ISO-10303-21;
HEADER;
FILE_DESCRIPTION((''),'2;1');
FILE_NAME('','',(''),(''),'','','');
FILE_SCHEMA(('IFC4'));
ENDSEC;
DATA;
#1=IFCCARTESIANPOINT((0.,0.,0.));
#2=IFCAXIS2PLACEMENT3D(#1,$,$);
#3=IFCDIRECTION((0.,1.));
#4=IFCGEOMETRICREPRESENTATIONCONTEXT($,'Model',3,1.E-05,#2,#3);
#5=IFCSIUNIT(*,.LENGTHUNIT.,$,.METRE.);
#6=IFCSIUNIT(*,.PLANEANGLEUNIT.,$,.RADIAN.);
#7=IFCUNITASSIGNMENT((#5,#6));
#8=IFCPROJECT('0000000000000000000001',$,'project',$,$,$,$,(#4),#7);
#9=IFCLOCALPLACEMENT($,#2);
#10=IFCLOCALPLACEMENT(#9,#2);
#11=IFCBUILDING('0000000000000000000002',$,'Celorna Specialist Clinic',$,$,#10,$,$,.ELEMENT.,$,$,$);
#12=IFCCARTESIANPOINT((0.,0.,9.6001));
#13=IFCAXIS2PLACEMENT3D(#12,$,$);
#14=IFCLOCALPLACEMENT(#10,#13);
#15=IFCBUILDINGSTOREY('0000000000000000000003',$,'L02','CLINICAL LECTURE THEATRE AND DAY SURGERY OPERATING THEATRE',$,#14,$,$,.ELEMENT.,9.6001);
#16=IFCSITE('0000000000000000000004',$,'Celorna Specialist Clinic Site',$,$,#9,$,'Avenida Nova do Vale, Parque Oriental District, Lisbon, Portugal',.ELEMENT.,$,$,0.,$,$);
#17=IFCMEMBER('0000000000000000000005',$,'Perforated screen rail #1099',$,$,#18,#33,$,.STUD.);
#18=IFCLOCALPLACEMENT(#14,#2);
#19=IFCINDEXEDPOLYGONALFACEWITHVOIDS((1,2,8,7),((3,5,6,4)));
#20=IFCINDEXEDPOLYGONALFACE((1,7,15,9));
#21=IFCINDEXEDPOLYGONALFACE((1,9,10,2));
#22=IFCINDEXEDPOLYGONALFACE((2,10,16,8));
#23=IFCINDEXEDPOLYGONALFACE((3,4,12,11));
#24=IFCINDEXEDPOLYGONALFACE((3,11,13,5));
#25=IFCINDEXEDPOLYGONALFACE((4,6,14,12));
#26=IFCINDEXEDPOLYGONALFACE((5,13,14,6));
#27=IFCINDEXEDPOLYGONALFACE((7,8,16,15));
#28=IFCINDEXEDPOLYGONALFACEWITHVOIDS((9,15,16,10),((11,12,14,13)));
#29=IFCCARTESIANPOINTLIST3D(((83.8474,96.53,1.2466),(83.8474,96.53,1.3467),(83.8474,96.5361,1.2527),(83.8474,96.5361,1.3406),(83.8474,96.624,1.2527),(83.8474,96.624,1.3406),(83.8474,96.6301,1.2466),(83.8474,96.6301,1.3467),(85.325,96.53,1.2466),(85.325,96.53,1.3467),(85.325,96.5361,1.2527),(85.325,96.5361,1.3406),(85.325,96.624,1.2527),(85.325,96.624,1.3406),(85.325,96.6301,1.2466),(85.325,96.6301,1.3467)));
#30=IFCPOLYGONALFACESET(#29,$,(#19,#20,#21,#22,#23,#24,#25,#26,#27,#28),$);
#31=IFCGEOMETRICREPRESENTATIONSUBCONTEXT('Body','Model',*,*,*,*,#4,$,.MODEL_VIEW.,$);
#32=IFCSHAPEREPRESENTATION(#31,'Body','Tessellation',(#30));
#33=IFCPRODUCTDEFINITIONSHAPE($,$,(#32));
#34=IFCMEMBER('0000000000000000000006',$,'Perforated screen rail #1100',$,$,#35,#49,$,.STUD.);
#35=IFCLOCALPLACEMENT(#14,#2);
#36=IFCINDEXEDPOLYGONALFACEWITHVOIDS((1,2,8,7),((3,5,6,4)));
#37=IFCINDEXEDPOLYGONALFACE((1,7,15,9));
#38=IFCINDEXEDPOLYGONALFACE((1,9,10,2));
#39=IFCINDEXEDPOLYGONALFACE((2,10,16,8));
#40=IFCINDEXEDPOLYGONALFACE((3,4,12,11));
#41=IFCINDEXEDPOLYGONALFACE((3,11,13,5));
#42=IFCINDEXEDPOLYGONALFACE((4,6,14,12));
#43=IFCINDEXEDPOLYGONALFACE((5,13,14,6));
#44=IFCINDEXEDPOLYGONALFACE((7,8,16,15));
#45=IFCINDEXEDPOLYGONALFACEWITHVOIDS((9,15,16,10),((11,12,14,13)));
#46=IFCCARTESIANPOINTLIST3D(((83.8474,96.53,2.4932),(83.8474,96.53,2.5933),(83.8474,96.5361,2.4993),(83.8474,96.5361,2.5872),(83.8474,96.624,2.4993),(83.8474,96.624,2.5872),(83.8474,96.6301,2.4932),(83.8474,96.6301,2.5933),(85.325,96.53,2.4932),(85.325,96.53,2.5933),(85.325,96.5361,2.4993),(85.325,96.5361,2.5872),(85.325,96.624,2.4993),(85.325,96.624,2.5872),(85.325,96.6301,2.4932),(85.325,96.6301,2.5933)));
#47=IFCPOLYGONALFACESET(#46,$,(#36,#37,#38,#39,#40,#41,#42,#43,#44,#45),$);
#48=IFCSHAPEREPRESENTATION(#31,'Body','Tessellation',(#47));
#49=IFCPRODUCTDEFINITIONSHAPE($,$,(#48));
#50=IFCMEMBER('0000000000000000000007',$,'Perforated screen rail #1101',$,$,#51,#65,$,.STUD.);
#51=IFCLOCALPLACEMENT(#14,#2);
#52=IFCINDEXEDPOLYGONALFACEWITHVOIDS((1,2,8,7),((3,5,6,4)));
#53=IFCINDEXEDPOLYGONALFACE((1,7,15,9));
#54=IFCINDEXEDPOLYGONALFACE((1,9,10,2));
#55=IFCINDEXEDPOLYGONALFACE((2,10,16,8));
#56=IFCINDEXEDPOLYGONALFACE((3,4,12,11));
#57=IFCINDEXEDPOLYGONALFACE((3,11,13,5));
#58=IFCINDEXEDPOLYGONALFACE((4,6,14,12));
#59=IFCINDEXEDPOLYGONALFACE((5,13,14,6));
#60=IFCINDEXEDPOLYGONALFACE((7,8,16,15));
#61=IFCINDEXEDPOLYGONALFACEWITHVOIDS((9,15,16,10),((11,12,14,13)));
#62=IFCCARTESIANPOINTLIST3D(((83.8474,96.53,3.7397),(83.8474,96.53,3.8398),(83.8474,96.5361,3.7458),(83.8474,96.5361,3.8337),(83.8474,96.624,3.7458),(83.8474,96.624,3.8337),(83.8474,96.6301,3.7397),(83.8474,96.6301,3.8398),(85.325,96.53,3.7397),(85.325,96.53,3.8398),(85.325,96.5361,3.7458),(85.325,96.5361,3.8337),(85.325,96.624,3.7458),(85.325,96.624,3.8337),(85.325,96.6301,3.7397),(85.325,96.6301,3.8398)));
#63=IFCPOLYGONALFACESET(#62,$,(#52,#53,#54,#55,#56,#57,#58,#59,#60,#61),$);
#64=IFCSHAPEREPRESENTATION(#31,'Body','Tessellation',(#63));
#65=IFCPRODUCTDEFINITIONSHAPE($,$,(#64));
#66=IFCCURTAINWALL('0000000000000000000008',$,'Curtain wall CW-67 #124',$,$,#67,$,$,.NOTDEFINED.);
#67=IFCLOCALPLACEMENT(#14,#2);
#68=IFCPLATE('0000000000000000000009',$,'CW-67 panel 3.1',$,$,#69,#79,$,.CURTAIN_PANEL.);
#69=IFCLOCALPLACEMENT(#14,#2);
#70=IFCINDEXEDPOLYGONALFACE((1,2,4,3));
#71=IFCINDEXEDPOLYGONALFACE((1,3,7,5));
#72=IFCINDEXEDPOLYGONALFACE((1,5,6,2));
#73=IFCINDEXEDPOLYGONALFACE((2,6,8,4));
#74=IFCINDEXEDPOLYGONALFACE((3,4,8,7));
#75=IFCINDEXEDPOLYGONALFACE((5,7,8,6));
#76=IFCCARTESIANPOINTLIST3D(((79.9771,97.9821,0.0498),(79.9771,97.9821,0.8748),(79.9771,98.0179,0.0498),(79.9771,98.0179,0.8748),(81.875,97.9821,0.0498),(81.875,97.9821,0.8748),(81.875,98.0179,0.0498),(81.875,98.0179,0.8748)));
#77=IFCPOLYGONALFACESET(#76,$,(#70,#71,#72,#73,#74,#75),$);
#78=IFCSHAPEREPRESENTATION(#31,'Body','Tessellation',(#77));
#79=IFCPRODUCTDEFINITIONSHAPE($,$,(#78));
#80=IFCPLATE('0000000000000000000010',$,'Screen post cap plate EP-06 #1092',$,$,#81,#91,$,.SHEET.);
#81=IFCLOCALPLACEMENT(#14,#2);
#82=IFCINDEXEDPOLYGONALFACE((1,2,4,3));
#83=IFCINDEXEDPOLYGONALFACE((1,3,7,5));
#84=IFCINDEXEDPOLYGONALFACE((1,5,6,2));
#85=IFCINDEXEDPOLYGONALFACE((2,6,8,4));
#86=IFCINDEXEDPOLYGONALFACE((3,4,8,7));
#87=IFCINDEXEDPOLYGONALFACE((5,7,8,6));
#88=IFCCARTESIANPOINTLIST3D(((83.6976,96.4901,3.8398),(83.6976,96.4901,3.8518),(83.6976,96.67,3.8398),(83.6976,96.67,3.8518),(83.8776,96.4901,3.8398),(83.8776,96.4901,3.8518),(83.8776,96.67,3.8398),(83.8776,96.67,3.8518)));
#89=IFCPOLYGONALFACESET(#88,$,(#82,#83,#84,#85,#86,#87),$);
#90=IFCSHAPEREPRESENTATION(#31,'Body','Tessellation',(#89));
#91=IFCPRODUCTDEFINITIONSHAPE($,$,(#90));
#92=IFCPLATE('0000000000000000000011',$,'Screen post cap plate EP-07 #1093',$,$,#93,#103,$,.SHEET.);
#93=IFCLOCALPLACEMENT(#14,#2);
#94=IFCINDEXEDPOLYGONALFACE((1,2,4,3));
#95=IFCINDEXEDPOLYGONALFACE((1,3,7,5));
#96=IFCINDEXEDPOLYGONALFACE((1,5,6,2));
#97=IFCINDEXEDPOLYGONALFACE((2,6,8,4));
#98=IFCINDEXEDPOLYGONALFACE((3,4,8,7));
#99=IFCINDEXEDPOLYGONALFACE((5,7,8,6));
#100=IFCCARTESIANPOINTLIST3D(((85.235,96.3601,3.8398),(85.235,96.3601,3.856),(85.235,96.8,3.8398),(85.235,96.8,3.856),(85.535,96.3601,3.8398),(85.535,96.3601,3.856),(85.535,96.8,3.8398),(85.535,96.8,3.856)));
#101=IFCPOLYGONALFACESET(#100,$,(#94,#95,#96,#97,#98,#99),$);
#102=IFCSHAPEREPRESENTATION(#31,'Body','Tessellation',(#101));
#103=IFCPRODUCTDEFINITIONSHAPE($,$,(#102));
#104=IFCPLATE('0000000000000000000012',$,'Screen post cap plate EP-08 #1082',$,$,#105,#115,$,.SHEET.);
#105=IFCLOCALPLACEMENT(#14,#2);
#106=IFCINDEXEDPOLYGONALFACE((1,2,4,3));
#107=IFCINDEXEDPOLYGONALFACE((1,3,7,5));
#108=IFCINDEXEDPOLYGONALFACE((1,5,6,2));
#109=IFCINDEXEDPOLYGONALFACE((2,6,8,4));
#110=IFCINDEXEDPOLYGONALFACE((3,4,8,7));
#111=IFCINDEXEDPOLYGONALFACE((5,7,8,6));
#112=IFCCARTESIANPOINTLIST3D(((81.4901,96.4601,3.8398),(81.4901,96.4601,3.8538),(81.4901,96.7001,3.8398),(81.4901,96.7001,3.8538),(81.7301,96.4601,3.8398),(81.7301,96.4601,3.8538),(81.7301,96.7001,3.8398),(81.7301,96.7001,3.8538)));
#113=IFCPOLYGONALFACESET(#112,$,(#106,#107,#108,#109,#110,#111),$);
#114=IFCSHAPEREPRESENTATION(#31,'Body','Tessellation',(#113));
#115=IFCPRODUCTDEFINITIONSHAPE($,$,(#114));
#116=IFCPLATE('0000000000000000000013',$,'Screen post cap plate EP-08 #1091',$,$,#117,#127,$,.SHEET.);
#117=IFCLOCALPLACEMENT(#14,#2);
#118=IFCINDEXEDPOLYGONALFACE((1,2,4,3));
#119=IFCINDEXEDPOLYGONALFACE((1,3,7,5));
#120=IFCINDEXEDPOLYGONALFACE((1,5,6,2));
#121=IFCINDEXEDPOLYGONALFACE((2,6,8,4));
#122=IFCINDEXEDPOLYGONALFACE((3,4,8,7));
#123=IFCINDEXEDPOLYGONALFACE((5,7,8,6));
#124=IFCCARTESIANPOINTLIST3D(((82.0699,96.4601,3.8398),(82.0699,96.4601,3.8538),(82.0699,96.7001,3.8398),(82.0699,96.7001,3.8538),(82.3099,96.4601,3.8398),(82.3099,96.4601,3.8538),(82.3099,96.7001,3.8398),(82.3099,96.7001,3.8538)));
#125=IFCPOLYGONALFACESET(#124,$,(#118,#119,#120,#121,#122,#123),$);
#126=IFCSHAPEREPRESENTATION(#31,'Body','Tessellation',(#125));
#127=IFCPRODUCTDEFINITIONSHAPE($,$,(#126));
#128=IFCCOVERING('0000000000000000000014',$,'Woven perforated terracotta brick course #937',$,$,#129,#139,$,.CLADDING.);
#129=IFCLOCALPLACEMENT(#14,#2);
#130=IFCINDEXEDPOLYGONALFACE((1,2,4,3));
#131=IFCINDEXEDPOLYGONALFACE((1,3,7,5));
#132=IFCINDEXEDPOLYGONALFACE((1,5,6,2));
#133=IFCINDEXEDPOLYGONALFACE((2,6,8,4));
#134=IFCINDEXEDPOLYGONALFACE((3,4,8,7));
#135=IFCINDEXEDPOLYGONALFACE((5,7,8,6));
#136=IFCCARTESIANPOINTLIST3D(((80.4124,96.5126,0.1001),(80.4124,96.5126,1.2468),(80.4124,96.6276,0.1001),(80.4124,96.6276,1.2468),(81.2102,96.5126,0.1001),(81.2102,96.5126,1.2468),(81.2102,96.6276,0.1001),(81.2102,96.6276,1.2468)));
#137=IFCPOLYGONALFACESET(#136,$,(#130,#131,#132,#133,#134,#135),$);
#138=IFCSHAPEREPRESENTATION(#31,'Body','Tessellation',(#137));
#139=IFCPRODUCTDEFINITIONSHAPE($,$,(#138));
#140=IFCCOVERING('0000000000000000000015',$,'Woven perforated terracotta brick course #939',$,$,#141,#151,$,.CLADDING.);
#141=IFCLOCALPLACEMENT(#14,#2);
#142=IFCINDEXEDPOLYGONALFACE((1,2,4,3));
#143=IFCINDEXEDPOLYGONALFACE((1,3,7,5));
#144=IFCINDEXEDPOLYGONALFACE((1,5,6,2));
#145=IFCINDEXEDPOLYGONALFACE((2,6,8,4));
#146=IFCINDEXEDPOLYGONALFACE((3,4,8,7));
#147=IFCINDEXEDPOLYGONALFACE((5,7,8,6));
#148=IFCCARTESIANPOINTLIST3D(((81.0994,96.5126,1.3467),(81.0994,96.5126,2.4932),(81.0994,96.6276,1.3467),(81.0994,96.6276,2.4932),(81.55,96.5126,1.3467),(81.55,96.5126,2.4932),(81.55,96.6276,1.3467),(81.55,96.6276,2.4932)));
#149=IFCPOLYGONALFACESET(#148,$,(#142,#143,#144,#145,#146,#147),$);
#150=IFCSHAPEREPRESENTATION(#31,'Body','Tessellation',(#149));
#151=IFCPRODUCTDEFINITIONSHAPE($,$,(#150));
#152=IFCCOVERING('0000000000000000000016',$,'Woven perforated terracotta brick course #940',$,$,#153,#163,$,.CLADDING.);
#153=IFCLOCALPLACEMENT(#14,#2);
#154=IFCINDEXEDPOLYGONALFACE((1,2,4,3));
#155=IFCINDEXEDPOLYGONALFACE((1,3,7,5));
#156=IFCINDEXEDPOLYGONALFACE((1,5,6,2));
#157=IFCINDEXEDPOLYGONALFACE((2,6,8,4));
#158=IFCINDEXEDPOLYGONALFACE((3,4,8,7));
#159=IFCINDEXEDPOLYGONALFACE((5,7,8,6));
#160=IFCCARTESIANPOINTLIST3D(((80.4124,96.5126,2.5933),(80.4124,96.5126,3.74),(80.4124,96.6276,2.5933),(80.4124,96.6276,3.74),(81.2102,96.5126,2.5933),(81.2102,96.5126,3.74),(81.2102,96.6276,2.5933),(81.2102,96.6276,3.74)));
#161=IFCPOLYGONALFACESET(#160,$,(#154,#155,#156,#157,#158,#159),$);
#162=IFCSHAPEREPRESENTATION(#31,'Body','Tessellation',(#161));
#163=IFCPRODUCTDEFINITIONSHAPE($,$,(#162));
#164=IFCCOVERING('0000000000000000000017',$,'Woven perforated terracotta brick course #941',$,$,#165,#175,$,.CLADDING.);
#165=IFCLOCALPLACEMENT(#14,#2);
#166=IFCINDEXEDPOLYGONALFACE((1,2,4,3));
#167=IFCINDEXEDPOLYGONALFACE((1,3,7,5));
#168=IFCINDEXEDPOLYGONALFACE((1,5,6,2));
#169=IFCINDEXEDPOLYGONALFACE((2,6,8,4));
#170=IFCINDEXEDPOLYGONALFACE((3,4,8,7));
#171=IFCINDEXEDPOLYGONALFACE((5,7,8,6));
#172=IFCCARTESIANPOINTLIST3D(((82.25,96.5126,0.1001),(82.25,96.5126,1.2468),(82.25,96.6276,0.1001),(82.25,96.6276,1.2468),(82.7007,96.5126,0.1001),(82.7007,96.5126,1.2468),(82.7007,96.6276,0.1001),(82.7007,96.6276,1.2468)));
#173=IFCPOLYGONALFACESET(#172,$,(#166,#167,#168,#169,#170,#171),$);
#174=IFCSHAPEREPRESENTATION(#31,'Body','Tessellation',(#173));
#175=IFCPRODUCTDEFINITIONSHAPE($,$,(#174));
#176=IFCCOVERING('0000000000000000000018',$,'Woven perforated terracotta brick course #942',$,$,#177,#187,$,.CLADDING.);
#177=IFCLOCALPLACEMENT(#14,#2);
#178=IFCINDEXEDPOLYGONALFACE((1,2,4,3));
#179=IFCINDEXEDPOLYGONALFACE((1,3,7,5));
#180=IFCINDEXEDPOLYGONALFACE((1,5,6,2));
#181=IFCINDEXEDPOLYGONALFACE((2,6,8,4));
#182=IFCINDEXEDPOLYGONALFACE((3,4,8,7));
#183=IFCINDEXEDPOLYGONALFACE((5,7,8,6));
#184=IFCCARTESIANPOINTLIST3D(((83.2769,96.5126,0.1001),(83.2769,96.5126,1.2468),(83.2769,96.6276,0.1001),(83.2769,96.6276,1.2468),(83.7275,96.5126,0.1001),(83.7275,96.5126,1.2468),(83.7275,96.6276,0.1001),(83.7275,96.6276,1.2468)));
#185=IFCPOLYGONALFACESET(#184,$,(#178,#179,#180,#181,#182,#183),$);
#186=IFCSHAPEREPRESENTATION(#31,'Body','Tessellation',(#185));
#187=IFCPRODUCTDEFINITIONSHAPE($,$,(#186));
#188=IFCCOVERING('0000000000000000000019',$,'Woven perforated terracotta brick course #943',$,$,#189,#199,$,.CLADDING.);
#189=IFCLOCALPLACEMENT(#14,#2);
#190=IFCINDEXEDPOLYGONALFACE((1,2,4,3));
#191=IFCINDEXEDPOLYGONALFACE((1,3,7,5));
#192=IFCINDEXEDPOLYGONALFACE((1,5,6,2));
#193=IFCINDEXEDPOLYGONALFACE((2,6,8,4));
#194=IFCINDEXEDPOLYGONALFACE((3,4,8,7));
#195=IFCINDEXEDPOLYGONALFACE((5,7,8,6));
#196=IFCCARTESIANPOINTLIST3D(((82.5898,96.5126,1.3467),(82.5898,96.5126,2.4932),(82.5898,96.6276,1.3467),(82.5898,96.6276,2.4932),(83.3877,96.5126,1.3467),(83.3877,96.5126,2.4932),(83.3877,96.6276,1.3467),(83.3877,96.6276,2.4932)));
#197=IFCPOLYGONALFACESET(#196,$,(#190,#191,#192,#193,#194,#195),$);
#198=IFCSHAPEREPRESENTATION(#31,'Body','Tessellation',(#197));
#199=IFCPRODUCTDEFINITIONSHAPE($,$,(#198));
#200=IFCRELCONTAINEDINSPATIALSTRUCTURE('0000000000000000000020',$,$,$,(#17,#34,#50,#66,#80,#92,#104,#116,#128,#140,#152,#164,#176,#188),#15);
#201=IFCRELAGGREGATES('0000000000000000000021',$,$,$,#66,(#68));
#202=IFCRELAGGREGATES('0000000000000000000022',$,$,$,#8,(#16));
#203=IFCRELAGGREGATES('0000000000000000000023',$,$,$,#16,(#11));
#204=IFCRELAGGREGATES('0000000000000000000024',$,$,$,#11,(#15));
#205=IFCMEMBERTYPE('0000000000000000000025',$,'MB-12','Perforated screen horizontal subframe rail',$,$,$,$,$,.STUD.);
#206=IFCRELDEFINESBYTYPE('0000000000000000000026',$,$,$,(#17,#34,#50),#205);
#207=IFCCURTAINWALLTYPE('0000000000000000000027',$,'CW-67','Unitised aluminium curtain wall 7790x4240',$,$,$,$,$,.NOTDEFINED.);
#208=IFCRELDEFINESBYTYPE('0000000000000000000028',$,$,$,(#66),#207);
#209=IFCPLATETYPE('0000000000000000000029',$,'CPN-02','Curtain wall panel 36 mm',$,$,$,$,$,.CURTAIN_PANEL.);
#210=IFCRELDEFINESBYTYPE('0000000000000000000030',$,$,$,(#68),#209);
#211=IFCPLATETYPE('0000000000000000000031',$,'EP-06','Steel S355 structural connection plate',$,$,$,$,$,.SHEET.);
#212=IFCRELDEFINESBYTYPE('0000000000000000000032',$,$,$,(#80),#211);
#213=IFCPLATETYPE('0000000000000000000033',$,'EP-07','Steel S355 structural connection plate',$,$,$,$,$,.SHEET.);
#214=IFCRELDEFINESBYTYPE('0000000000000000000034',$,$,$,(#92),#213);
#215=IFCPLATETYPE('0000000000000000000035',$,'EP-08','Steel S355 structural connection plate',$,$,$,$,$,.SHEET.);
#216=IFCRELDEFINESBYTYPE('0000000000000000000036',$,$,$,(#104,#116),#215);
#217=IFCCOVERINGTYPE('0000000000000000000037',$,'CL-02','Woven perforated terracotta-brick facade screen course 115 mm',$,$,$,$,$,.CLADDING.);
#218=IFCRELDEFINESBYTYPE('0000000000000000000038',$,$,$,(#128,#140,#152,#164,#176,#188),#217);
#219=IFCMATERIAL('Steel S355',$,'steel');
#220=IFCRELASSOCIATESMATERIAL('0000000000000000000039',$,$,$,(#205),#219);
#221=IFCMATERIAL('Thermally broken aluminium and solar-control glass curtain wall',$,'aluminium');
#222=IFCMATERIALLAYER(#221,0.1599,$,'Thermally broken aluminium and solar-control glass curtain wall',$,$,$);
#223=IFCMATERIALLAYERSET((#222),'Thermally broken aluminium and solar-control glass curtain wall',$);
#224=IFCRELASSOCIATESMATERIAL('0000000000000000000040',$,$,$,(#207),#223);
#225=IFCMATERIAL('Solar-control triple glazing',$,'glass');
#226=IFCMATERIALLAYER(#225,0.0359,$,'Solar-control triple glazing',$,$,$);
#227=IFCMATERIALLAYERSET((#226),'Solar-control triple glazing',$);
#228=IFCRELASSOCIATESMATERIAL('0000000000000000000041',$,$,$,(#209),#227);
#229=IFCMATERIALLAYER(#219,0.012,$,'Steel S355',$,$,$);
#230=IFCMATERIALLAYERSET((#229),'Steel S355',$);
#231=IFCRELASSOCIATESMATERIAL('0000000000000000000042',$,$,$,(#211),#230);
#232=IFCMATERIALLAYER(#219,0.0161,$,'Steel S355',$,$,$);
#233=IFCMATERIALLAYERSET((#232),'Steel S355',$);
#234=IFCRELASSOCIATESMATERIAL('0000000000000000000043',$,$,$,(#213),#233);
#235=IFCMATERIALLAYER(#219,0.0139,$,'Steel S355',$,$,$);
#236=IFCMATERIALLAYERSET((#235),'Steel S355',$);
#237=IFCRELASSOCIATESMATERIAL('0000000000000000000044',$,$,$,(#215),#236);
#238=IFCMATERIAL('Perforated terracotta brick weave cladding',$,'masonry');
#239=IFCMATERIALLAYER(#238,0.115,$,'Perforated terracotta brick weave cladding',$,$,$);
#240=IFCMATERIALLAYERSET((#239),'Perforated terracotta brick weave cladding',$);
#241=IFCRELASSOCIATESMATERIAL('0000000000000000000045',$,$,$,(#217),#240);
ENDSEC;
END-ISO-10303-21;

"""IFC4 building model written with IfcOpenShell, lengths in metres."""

from ifc_helpers import new_model, si_unit, direction, frame, origin, origin_2d, place, context, subcontext, project, spatial, rectangle, hollow_rectangle, extrude, material, layer, layer_set, material_profile, profile_set, type_object, element, aggregate, save


model = new_model("IFC4")

# Units and contexts
model_context = context("Model", 3, precision=1e-05, world=origin(), true_north=direction((0.0, 1.0)))
body_context = subcontext(model_context, "Body", "Model", "MODEL_VIEW")
ifc_project = project(units=[si_unit("LENGTHUNIT", "METRE"), si_unit("PLANEANGLEUNIT", "RADIAN")], contexts=[model_context])

# Site, building, storey
site_placement = place(None, origin())
site = spatial("IfcSite", under=ifc_project, at=site_placement, Name="Celorna Specialist Clinic Site", LongName="Avenida Nova do Vale, Parque Oriental District, Lisbon, Portugal", CompositionType="ELEMENT", RefElevation=0.0)
building_placement = place(site_placement, origin())
building = spatial("IfcBuilding", under=site, at=building_placement, Name="Celorna Specialist Clinic", CompositionType="ELEMENT")
storey_placement = place(building_placement, frame((0.0, 0.0, 9.6001)))
storey = spatial("IfcBuildingStorey", under=building, at=storey_placement, Name="L02", Description="CLINICAL LECTURE THEATRE AND DAY SURGERY OPERATING THEATRE", CompositionType="ELEMENT", Elevation=9.6001)

# Shared definitions
ifc_material_1 = material(Name="Steel S355", Category="steel")

# Members
ifc_material_profile_1 = material_profile(ifc_material_1, hollow_rectangle(XDim=0.1001, YDim=0.1001, WallThickness=0.0061, at=origin_2d()), Name="SHS 100x100x6")
ifc_profile_set_1 = profile_set([ifc_material_profile_1], Name="Steel S355")
member_type_1 = type_object("IfcMemberType", Name="MB-12", Description="Perforated screen horizontal subframe rail", PredefinedType="STUD", material=ifc_profile_set_1)
for number, where, z_axis, x_axis, name in (
    (1, (83.8474, 96.5801, 1.2966), (1.0, 0.0, 0.0), (0.0, 1.0, 0.0), "Perforated screen rail #1099"),
    (2, (83.8474, 96.5801, 2.5432), (1.0, 0.0, 0.0), (0.0, 1.0, 0.0), "Perforated screen rail #1100"),
    (3, (83.8474, 96.5801, 3.7898), (1.0, 0.0, 0.0), (0.0, 1.0, 0.0), "Perforated screen rail #1101"),
):
    element("IfcMember", number, at=place(storey_placement, frame(where, z_axis=z_axis, x_axis=x_axis)), inside=storey, type_object=member_type_1, Name=name, PredefinedType="STUD", context=body_context, shape_type="SweptSolid", body=[
        extrude(hollow_rectangle(XDim=0.1001, YDim=0.1001, WallThickness=0.0061, at=origin_2d()), origin(), (0.0, 0.0, 1.0), 1.4775),
    ])

# Curtain wall, plate
ifc_material_2 = material(Name="Thermally broken aluminium and solar-control glass curtain wall", Category="aluminium")
ifc_layer_1 = layer(ifc_material_2, 0.1599, Name="Thermally broken aluminium and solar-control glass curtain wall")
ifc_layer_set_1 = layer_set([ifc_layer_1], Name="Thermally broken aluminium and solar-control glass curtain wall")
curtain_wall_type = type_object("IfcCurtainWallType", Name="CW-67", Description="Unitised aluminium curtain wall 7790x4240", PredefinedType="NOTDEFINED", material=ifc_layer_set_1)
curtain_wall_placement = place(storey_placement, origin())
curtain_wall = element("IfcCurtainWall", 4, at=curtain_wall_placement, inside=storey, type_object=curtain_wall_type, Name="Curtain wall CW-67 #124", PredefinedType="NOTDEFINED")
ifc_material_3 = material(Name="Solar-control triple glazing", Category="glass")
ifc_layer_2 = layer(ifc_material_3, 0.0359, Name="Solar-control triple glazing")
ifc_layer_set_2 = layer_set([ifc_layer_2], Name="Solar-control triple glazing")
plate_type_1 = type_object("IfcPlateType", Name="CPN-02", Description="Curtain wall panel 36 mm", PredefinedType="CURTAIN_PANEL", material=ifc_layer_set_2)
plate_1_placement = place(storey_placement, frame((80.926, 98.0, 0.0498), z_axis=(0.0, 0.0, 1.0), x_axis=(-1.0, 0.0, 0.0)))
plate_1 = element("IfcPlate", 5, at=plate_1_placement, type_object=plate_type_1, Name="CW-67 panel 3.1", PredefinedType="CURTAIN_PANEL", context=body_context, shape_type="SweptSolid", body=[
    extrude(rectangle(XDim=1.8979, YDim=0.0359, at=origin_2d()), origin(), (0.0, 0.0, 1.0), 0.825),
])
aggregate(curtain_wall, [plate_1])

# Plates
ifc_layer_3 = layer(ifc_material_1, 0.012, Name="Steel S355")
ifc_layer_set_3 = layer_set([ifc_layer_3], Name="Steel S355")
plate_type_2 = type_object("IfcPlateType", Name="EP-06", Description="Steel S355 structural connection plate", PredefinedType="SHEET", material=ifc_layer_set_3)
plate_2_placement = place(storey_placement, frame((83.7876, 96.5801, 3.8398), z_axis=(0.0, 0.0, 1.0), x_axis=(1.0, 0.0, 0.0)))
element("IfcPlate", 6, at=plate_2_placement, inside=storey, type_object=plate_type_2, Name="Screen post cap plate EP-06 #1092", PredefinedType="SHEET", context=body_context, shape_type="SweptSolid", body=[
    extrude(rectangle(XDim=0.1799, YDim=0.1799, at=origin_2d()), origin(), (0.0, 0.0, 1.0), 0.012),
])
ifc_layer_4 = layer(ifc_material_1, 0.0161, Name="Steel S355")
ifc_layer_set_4 = layer_set([ifc_layer_4], Name="Steel S355")
plate_type_3 = type_object("IfcPlateType", Name="EP-07", Description="Steel S355 structural connection plate", PredefinedType="SHEET", material=ifc_layer_set_4)
plate_3_placement = place(storey_placement, frame((85.385, 96.5801, 3.8398), z_axis=(0.0, 0.0, 1.0), x_axis=(1.0, 0.0, 0.0)))
element("IfcPlate", 7, at=plate_3_placement, inside=storey, type_object=plate_type_3, Name="Screen post cap plate EP-07 #1093", PredefinedType="SHEET", context=body_context, shape_type="SweptSolid", body=[
    extrude(rectangle(XDim=0.3, YDim=0.4399, at=origin_2d()), origin(), (0.0, 0.0, 1.0), 0.0161),
])
ifc_layer_5 = layer(ifc_material_1, 0.0139, Name="Steel S355")
ifc_layer_set_5 = layer_set([ifc_layer_5], Name="Steel S355")
plate_type_4 = type_object("IfcPlateType", Name="EP-08", Description="Steel S355 structural connection plate", PredefinedType="SHEET", material=ifc_layer_set_5)
for number, where, z_axis, x_axis, name in (
    (8, (81.6101, 96.5801, 3.8398), (0.0, 0.0, 1.0), (1.0, 0.0, 0.0), "Screen post cap plate EP-08 #1082"),
    (9, (82.1899, 96.5801, 3.8398), (0.0, 0.0, 1.0), (1.0, 0.0, 0.0), "Screen post cap plate EP-08 #1091"),
):
    element("IfcPlate", number, at=place(storey_placement, frame(where, z_axis=z_axis, x_axis=x_axis)), inside=storey, type_object=plate_type_4, Name=name, PredefinedType="SHEET", context=body_context, shape_type="SweptSolid", body=[
        extrude(rectangle(XDim=0.24, YDim=0.24, at=origin_2d()), origin(), (0.0, 0.0, 1.0), 0.0139),
    ])

# Coverings
ifc_material_4 = material(Name="Perforated terracotta brick weave cladding", Category="masonry")
ifc_layer_6 = layer(ifc_material_4, 0.115, Name="Perforated terracotta brick weave cladding")
ifc_layer_set_6 = layer_set([ifc_layer_6], Name="Perforated terracotta brick weave cladding")
covering_type = type_object("IfcCoveringType", Name="CL-02", Description="Woven perforated terracotta-brick facade screen course 115 mm", PredefinedType="CLADDING", material=ifc_layer_set_6)
covering_1_placement = place(storey_placement, frame((80.8113, 96.5701, 0.1001), z_axis=(0.0, 0.0, 1.0), x_axis=(1.0, 0.0, 0.0)))
element("IfcCovering", 10, at=covering_1_placement, inside=storey, type_object=covering_type, Name="Woven perforated terracotta brick course #937", PredefinedType="CLADDING", context=body_context, shape_type="SweptSolid", body=[
    extrude(rectangle(XDim=0.7979, YDim=0.115, at=origin_2d()), origin(), (0.0, 0.0, 1.0), 1.1467),
])
covering_2_placement = place(storey_placement, frame((81.3247, 96.5701, 1.3467), z_axis=(0.0, 0.0, 1.0), x_axis=(1.0, 0.0, 0.0)))
element("IfcCovering", 11, at=covering_2_placement, inside=storey, type_object=covering_type, Name="Woven perforated terracotta brick course #939", PredefinedType="CLADDING", context=body_context, shape_type="SweptSolid", body=[
    extrude(rectangle(XDim=0.4507, YDim=0.115, at=origin_2d()), origin(), (0.0, 0.0, 1.0), 1.1465),
])
covering_3_placement = place(storey_placement, frame((80.8113, 96.5701, 2.5933), z_axis=(0.0, 0.0, 1.0), x_axis=(1.0, 0.0, 0.0)))
element("IfcCovering", 12, at=covering_3_placement, inside=storey, type_object=covering_type, Name="Woven perforated terracotta brick course #940", PredefinedType="CLADDING", context=body_context, shape_type="SweptSolid", body=[
    extrude(rectangle(XDim=0.7979, YDim=0.115, at=origin_2d()), origin(), (0.0, 0.0, 1.0), 1.1467),
])
for number, where, z_axis, x_axis, name in (
    (13, (82.4753, 96.5701, 0.1001), (0.0, 0.0, 1.0), (1.0, 0.0, 0.0), "Woven perforated terracotta brick course #941"),
    (14, (83.5022, 96.5701, 0.1001), (0.0, 0.0, 1.0), (1.0, 0.0, 0.0), "Woven perforated terracotta brick course #942"),
):
    element("IfcCovering", number, at=place(storey_placement, frame(where, z_axis=z_axis, x_axis=x_axis)), inside=storey, type_object=covering_type, Name=name, PredefinedType="CLADDING", context=body_context, shape_type="SweptSolid", body=[
        extrude(rectangle(XDim=0.4507, YDim=0.115, at=origin_2d()), origin(), (0.0, 0.0, 1.0), 1.1467),
    ])
covering_4_placement = place(storey_placement, frame((82.9888, 96.5701, 1.3467), z_axis=(0.0, 0.0, 1.0), x_axis=(1.0, 0.0, 0.0)))
element("IfcCovering", 15, at=covering_4_placement, inside=storey, type_object=covering_type, Name="Woven perforated terracotta brick course #943", PredefinedType="CLADDING", context=body_context, shape_type="SweptSolid", body=[
    extrude(rectangle(XDim=0.7979, YDim=0.115, at=origin_2d()), origin(), (0.0, 0.0, 1.0), 1.1465),
])

save(model, "model.ifc")
